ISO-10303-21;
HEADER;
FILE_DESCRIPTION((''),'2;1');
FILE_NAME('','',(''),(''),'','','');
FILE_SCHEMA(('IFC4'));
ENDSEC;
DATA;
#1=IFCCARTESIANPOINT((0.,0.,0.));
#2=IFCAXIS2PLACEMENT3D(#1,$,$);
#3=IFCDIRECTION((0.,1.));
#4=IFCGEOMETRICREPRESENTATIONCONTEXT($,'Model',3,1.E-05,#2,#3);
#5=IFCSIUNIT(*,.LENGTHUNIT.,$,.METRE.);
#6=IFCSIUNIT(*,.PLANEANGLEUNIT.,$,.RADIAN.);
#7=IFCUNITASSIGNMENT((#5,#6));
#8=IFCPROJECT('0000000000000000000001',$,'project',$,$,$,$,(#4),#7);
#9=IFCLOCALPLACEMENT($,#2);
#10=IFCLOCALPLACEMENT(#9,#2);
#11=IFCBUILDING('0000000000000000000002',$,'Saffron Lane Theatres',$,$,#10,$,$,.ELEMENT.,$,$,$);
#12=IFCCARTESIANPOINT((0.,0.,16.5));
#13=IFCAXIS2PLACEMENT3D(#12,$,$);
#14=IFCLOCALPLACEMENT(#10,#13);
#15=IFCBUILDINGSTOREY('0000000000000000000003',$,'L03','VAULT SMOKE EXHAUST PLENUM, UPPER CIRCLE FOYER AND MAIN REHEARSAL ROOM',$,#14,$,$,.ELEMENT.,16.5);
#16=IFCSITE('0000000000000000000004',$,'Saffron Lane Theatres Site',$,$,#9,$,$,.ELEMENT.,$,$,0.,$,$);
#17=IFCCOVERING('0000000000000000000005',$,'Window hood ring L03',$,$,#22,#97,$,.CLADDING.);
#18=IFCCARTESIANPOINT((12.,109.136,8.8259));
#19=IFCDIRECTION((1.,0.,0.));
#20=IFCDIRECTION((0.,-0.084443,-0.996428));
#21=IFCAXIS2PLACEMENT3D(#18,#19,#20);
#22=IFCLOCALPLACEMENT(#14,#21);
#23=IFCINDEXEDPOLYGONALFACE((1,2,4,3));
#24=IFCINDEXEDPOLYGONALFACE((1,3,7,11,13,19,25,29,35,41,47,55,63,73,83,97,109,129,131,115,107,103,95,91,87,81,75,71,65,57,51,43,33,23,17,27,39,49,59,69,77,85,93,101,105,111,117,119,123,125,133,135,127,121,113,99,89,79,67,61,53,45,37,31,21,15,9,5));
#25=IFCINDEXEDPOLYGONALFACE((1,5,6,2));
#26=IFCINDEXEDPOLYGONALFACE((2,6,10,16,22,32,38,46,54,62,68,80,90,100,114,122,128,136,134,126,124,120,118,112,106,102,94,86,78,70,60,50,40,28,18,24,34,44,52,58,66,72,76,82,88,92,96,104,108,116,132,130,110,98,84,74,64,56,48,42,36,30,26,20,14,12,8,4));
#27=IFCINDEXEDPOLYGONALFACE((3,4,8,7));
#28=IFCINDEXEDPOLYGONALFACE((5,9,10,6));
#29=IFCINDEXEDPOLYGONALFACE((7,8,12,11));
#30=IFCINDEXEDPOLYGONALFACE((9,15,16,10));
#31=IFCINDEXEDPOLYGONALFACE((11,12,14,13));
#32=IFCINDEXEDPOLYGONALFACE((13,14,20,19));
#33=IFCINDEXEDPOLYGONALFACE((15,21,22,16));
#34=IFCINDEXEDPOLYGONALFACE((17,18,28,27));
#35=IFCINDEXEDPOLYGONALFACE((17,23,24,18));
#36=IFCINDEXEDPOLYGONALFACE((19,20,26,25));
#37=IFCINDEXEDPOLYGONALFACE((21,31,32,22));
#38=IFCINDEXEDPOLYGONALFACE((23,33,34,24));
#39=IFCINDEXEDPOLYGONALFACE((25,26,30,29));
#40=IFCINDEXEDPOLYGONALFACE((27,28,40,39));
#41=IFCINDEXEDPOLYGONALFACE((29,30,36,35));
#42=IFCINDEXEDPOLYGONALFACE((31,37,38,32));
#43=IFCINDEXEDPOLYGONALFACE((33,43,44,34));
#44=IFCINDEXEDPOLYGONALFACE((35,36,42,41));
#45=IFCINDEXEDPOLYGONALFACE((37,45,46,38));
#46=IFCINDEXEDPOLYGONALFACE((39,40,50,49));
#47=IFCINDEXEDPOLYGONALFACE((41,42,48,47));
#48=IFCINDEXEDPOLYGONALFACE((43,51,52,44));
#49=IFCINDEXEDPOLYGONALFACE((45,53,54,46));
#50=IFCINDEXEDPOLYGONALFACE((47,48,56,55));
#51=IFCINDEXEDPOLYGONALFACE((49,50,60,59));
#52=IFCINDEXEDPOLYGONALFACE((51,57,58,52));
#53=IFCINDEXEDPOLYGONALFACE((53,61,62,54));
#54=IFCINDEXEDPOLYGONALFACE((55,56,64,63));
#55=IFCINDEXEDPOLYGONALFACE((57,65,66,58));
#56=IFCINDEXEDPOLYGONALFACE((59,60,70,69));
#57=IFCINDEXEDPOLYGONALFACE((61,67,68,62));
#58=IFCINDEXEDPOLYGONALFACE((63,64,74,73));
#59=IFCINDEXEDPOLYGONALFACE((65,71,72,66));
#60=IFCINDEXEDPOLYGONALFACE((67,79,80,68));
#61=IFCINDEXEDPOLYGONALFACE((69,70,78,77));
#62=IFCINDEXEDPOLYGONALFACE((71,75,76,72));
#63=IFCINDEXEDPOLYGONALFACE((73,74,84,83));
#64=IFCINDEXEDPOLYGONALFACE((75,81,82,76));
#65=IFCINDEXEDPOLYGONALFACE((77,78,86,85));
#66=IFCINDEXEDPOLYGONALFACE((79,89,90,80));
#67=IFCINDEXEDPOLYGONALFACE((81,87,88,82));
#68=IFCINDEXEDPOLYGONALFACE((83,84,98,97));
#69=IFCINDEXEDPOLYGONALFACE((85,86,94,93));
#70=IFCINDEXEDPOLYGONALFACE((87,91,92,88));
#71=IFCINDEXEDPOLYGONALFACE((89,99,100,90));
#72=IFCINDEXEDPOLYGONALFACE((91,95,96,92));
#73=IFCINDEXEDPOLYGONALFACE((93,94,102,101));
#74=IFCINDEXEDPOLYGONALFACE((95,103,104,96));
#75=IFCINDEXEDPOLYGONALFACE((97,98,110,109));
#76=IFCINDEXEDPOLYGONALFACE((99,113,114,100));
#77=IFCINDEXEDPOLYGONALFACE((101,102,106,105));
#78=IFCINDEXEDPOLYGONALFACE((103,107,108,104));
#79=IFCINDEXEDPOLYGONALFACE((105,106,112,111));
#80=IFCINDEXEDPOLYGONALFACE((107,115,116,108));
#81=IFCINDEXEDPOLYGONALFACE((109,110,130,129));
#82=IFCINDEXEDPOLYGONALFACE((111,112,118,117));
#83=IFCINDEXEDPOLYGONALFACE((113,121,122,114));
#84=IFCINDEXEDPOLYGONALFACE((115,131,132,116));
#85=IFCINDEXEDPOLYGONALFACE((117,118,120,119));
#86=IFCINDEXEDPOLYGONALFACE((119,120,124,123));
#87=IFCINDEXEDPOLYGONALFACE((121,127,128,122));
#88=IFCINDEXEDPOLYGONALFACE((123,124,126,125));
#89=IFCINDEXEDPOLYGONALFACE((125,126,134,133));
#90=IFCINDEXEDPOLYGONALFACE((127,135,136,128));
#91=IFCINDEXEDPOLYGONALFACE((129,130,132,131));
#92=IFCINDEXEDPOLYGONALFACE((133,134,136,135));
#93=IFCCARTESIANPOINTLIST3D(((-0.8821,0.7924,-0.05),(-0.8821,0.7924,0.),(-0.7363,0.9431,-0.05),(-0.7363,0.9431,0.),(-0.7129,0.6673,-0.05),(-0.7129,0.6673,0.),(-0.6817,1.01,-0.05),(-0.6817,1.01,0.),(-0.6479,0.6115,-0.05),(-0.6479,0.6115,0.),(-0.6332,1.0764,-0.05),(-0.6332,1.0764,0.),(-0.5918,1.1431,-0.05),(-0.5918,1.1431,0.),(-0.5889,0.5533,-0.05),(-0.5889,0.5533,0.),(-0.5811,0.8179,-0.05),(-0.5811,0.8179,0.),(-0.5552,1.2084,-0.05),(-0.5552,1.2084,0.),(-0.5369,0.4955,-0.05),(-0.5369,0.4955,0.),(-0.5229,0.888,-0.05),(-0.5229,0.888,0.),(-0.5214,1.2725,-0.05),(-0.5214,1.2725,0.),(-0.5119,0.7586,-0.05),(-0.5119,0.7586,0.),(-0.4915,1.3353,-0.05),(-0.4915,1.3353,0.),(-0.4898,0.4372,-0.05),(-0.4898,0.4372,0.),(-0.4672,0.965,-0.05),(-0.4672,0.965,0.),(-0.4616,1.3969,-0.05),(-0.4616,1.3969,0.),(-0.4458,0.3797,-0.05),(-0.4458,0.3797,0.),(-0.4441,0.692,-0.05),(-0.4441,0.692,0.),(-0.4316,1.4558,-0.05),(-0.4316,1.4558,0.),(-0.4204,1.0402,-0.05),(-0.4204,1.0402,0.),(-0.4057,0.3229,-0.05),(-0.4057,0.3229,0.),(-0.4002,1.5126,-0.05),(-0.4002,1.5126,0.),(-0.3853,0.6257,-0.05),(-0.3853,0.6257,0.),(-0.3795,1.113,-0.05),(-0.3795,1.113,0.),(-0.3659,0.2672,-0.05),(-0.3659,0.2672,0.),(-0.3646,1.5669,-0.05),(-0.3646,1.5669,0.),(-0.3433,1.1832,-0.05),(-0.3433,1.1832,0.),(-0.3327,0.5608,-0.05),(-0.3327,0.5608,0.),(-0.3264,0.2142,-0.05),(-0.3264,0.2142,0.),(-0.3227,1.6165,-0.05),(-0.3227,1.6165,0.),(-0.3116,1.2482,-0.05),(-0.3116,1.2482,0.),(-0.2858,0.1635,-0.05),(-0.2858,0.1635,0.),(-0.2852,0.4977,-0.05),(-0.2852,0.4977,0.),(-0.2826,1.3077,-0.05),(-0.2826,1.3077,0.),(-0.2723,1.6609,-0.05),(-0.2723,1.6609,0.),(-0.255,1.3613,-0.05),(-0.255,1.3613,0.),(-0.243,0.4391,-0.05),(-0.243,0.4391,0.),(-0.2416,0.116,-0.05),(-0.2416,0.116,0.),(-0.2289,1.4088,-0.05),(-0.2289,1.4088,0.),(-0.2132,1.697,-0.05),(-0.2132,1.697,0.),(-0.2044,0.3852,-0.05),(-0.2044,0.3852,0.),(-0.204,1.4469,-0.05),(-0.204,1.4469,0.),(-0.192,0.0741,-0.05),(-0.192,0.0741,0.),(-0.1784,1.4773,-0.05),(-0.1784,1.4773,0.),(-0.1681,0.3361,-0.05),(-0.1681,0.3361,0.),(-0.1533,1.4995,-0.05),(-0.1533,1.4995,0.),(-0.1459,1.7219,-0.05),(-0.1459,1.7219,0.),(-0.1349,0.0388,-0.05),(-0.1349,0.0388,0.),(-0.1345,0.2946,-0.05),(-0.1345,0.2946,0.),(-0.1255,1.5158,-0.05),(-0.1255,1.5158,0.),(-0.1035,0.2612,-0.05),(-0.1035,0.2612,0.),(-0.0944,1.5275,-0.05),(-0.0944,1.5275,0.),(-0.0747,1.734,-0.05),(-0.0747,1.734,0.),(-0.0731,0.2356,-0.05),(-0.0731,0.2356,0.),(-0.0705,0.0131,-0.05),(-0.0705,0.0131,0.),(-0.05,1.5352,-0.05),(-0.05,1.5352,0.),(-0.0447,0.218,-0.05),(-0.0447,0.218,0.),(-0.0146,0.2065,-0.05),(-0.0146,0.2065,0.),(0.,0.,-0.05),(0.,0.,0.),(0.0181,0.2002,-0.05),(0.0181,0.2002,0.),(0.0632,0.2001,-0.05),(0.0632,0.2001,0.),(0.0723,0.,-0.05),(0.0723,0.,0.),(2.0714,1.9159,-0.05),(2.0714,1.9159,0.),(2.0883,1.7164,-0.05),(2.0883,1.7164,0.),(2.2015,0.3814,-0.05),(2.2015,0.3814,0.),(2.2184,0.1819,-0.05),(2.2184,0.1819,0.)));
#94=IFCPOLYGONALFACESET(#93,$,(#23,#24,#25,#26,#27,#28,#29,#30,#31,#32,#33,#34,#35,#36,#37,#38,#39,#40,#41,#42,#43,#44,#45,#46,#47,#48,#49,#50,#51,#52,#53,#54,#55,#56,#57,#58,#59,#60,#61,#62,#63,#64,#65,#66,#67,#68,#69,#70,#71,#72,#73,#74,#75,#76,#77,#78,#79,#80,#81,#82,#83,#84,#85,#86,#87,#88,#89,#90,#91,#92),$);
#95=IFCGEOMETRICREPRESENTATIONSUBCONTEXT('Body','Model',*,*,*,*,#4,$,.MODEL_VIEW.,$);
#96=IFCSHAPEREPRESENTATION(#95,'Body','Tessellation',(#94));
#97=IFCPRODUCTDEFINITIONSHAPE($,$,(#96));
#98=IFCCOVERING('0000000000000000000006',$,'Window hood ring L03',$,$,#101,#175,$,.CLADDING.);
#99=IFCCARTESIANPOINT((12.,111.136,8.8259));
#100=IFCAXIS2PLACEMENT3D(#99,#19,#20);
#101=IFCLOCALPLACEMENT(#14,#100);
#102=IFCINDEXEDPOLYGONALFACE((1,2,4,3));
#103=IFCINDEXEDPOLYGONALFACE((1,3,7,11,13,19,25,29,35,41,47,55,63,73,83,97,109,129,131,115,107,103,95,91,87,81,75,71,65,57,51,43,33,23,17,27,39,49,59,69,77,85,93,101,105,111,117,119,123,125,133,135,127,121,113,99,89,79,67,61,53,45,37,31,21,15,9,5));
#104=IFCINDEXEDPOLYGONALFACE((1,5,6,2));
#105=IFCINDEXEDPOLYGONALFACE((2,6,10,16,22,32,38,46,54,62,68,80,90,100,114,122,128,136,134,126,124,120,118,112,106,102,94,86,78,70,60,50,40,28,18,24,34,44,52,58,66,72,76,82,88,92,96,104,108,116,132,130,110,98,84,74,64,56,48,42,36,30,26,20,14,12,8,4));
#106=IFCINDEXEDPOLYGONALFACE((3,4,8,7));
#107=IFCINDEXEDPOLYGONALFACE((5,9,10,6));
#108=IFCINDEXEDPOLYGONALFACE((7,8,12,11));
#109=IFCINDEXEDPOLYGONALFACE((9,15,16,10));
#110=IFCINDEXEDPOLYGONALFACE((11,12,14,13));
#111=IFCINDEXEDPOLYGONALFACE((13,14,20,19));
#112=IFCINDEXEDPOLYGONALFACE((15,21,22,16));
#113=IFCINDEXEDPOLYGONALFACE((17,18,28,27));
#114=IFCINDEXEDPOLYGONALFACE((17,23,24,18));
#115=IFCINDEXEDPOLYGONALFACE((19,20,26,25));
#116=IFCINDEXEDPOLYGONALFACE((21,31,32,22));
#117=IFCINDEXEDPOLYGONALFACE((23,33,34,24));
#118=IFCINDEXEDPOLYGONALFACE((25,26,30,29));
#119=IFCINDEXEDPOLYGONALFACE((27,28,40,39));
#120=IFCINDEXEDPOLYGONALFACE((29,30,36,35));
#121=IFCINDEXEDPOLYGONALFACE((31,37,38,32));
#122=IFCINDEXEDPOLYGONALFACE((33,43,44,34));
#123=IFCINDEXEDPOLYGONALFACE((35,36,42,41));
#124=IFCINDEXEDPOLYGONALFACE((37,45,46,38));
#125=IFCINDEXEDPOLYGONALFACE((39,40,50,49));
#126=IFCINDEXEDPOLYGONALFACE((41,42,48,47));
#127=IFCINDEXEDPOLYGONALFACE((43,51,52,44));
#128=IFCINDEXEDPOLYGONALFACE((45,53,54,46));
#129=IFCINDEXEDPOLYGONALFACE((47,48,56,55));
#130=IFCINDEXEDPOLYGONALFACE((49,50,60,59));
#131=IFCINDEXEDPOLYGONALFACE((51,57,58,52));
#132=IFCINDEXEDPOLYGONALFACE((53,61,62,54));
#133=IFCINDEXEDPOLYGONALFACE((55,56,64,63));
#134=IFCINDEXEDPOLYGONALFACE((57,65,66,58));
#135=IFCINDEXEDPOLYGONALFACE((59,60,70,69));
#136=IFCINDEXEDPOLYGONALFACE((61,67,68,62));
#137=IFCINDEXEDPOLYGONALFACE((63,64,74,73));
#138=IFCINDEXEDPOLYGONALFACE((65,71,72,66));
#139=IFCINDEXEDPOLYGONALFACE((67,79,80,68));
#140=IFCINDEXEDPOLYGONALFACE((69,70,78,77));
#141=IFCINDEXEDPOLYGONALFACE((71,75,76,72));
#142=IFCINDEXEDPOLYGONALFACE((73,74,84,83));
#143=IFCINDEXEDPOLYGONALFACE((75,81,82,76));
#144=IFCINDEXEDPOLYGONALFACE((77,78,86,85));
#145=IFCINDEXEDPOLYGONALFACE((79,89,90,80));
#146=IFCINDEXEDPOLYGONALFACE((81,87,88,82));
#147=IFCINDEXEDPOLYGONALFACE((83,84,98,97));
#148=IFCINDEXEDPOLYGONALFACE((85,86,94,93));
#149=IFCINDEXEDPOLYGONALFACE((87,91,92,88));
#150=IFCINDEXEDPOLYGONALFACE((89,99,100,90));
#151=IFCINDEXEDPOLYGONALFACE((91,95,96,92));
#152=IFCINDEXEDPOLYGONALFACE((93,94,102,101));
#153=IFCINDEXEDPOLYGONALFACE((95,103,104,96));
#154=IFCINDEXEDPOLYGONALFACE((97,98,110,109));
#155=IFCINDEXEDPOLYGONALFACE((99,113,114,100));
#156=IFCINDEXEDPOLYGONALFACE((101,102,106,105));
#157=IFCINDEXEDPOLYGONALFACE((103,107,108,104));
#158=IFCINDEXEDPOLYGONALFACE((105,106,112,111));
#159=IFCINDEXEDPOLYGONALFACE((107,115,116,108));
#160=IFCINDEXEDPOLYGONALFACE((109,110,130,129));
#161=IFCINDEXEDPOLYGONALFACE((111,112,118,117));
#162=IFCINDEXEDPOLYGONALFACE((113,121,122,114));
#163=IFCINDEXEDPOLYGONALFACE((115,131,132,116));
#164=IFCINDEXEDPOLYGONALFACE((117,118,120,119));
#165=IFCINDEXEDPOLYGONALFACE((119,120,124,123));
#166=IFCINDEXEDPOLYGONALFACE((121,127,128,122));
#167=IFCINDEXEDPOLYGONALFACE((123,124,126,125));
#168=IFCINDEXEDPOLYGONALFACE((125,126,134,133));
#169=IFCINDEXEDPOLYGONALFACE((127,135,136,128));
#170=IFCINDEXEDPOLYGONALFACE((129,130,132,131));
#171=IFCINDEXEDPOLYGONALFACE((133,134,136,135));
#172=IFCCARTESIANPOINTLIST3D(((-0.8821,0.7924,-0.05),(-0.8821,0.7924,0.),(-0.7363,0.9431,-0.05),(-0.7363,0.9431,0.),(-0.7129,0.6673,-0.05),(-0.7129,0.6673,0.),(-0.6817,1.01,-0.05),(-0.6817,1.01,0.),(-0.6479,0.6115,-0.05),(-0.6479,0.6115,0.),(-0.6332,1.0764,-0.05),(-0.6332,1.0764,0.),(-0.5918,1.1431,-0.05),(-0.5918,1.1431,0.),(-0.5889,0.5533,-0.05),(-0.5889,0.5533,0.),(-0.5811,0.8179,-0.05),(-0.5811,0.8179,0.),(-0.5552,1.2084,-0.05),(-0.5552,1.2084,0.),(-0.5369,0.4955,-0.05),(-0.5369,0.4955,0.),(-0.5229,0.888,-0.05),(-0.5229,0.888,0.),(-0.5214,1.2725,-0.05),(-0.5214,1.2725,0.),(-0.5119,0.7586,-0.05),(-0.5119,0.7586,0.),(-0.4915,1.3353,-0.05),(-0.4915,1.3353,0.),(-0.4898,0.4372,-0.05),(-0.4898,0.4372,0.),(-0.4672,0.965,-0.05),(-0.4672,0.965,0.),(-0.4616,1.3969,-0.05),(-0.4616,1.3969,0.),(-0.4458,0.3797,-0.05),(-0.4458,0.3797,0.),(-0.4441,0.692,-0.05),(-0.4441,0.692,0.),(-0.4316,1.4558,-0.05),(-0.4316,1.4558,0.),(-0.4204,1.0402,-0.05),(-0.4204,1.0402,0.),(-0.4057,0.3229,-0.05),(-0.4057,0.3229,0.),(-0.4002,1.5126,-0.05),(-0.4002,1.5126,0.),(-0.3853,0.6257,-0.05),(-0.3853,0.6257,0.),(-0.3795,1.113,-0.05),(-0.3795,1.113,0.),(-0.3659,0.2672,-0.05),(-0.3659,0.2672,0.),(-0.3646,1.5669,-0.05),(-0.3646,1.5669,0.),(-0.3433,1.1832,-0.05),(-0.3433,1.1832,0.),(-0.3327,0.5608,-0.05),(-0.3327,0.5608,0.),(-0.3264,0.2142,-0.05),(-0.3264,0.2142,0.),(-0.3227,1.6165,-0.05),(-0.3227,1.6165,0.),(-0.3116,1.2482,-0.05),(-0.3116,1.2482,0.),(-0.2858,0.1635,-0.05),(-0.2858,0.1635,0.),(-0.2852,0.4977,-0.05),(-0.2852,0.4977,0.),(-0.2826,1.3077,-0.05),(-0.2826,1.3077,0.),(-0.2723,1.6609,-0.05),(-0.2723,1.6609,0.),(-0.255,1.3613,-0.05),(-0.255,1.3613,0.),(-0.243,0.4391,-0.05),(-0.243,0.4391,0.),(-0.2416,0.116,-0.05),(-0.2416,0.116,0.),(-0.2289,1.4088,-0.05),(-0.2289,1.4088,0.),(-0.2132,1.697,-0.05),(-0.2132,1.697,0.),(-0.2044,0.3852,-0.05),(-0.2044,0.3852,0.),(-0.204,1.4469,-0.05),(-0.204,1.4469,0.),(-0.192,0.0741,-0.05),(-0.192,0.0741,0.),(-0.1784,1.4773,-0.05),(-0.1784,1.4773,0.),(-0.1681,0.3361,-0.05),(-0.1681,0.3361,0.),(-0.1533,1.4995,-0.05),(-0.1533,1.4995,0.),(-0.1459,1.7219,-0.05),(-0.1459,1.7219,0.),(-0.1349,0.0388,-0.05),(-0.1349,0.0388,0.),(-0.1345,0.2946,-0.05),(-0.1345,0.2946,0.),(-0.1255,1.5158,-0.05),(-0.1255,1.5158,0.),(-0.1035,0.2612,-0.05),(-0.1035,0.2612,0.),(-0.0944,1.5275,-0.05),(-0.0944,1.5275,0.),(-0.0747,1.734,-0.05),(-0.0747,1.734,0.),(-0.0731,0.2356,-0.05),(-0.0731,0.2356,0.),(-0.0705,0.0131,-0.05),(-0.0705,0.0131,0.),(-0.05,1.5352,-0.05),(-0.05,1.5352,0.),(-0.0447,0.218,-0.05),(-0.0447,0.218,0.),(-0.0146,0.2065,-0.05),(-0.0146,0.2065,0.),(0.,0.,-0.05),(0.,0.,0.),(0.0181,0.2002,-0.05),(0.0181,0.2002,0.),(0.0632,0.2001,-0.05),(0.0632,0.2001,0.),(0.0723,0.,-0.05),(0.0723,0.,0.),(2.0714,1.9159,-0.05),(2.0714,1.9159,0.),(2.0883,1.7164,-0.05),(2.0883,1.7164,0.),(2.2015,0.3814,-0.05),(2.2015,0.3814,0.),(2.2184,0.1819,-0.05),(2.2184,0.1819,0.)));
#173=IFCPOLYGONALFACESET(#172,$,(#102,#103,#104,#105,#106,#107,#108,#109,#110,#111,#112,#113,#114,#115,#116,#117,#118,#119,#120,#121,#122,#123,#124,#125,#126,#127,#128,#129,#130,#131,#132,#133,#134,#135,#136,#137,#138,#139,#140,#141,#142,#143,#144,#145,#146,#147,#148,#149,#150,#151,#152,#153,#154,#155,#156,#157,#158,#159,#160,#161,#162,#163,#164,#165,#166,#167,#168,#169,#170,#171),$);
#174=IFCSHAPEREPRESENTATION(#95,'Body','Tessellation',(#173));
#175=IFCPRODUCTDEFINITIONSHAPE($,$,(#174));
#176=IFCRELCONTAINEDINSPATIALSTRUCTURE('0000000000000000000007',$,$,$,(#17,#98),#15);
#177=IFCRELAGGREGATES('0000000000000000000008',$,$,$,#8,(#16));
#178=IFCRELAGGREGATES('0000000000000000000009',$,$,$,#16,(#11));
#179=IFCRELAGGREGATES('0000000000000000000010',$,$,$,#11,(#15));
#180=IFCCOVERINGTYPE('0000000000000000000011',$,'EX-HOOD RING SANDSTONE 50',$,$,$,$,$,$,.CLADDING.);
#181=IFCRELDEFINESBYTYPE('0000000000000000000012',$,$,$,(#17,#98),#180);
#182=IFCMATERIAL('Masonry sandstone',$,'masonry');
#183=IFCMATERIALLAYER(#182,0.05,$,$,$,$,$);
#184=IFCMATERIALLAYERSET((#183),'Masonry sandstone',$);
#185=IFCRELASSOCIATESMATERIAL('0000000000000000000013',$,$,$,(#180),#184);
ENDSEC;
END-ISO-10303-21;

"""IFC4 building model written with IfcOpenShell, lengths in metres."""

from ifc_helpers import new_model, si_unit, direction, frame, origin, place, context, subcontext, project, spatial, polyline, outline, extrude, material, layer, layer_set, type_object, element, save


model = new_model("IFC4")

# Units and contexts
model_context = context("Model", 3, precision=1e-05, world=origin(), true_north=direction((0.0, 1.0)))
body_context = subcontext(model_context, "Body", "Model", "MODEL_VIEW")
ifc_project = project(units=[si_unit("LENGTHUNIT", "METRE"), si_unit("PLANEANGLEUNIT", "RADIAN")], contexts=[model_context])

# Site, building, storey
site_placement = place(None, origin())
site = spatial("IfcSite", under=ifc_project, at=site_placement, Name="Saffron Lane Theatres Site", CompositionType="ELEMENT", RefElevation=0.0)
building_placement = place(site_placement, origin())
building = spatial("IfcBuilding", under=site, at=building_placement, Name="Saffron Lane Theatres", CompositionType="ELEMENT")
storey_placement = place(building_placement, frame((0.0, 0.0, 16.5)))
storey = spatial("IfcBuildingStorey", under=building, at=storey_placement, Name="L03", Description="VAULT SMOKE EXHAUST PLENUM, UPPER CIRCLE FOYER AND MAIN REHEARSAL ROOM", CompositionType="ELEMENT", Elevation=16.5)

# Coverings
ifc_material_1 = material(Name="Masonry sandstone", Category="masonry")
ifc_layer_1 = layer(ifc_material_1, 0.05)
ifc_layer_set_1 = layer_set([ifc_layer_1], Name="Masonry sandstone")
covering_type_1 = type_object("IfcCoveringType", Name="EX-HOOD RING SANDSTONE 50", PredefinedType="CLADDING", material=ifc_layer_set_1)
covering_1_placement = place(storey_placement, frame((12.0, 109.136, 8.8259), z_axis=(1.0, 0.0, 0.0), x_axis=(0.0, -0.084443, -0.996428)))
element("IfcCovering", 1, at=covering_1_placement, inside=storey, type_object=covering_type_1, Name="Window hood ring L03", PredefinedType="CLADDING", context=body_context, shape_type="SweptSolid", body=[
    extrude(outline(polyline([(0.0, 0.0), (0.0723, 0.0), (2.2184, 0.1819), (2.2015, 0.3814), (0.0632, 0.2001), (0.0181, 0.2002), (-0.0146, 0.2065), (-0.0447, 0.218), (-0.0731, 0.2356), (-0.1035, 0.2612), (-0.1345, 0.2946), (-0.1681, 0.3361), (-0.2044, 0.3852), (-0.243, 0.4391), (-0.2852, 0.4977), (-0.3327, 0.5608), (-0.3853, 0.6257), (-0.4441, 0.692), (-0.5119, 0.7586), (-0.5811, 0.8179), (-0.5229, 0.888), (-0.4672, 0.965), (-0.4204, 1.0402), (-0.3795, 1.113), (-0.3433, 1.1832), (-0.3116, 1.2482), (-0.2826, 1.3077), (-0.255, 1.3613), (-0.2289, 1.4088), (-0.204, 1.4469), (-0.1784, 1.4773), (-0.1533, 1.4995), (-0.1255, 1.5158), (-0.0944, 1.5275), (-0.05, 1.5352), (2.0883, 1.7164), (2.0714, 1.9159), (-0.0747, 1.734), (-0.1459, 1.7219), (-0.2132, 1.697), (-0.2723, 1.6609), (-0.3227, 1.6165), (-0.3646, 1.5669), (-0.4002, 1.5126), (-0.4316, 1.4558), (-0.4616, 1.3969), (-0.4915, 1.3353), (-0.5214, 1.2725), (-0.5552, 1.2084), (-0.5918, 1.1431), (-0.6332, 1.0764), (-0.6817, 1.01), (-0.7363, 0.9431), (-0.8821, 0.7924), (-0.7129, 0.6673), (-0.6479, 0.6115), (-0.5889, 0.5533), (-0.5369, 0.4955), (-0.4898, 0.4372), (-0.4458, 0.3797), (-0.4057, 0.3229), (-0.3659, 0.2672), (-0.3264, 0.2142), (-0.2858, 0.1635), (-0.2416, 0.116), (-0.192, 0.0741), (-0.1349, 0.0388), (-0.0705, 0.0131), (0.0, 0.0)])), origin(), (0.0, 0.0, -1.0), 0.05),
])
covering_2_placement = place(storey_placement, frame((12.0, 111.136, 8.8259), z_axis=(1.0, 0.0, 0.0), x_axis=(0.0, -0.084443, -0.996428)))
element("IfcCovering", 2, at=covering_2_placement, inside=storey, type_object=covering_type_1, Name="Window hood ring L03", PredefinedType="CLADDING", context=body_context, shape_type="SweptSolid", body=[
    extrude(outline(polyline([(0.0, 0.0), (0.0723, 0.0), (2.2184, 0.1819), (2.2015, 0.3814), (0.0632, 0.2001), (0.0181, 0.2002), (-0.0146, 0.2065), (-0.0447, 0.218), (-0.0731, 0.2356), (-0.1035, 0.2612), (-0.1345, 0.2946), (-0.1681, 0.3361), (-0.2044, 0.3852), (-0.243, 0.4391), (-0.2852, 0.4977), (-0.3327, 0.5608), (-0.3853, 0.6257), (-0.4441, 0.692), (-0.5119, 0.7586), (-0.5811, 0.8179), (-0.5229, 0.888), (-0.4672, 0.965), (-0.4204, 1.0402), (-0.3795, 1.113), (-0.3433, 1.1832), (-0.3116, 1.2482), (-0.2826, 1.3077), (-0.255, 1.3613), (-0.2289, 1.4088), (-0.204, 1.4469), (-0.1784, 1.4773), (-0.1533, 1.4995), (-0.1255, 1.5158), (-0.0944, 1.5275), (-0.05, 1.5352), (2.0883, 1.7164), (2.0714, 1.9159), (-0.0747, 1.734), (-0.1459, 1.7219), (-0.2132, 1.697), (-0.2723, 1.6609), (-0.3227, 1.6165), (-0.3646, 1.5669), (-0.4002, 1.5126), (-0.4316, 1.4558), (-0.4616, 1.3969), (-0.4915, 1.3353), (-0.5214, 1.2725), (-0.5552, 1.2084), (-0.5918, 1.1431), (-0.6332, 1.0764), (-0.6817, 1.01), (-0.7363, 0.9431), (-0.8821, 0.7924), (-0.7129, 0.6673), (-0.6479, 0.6115), (-0.5889, 0.5533), (-0.5369, 0.4955), (-0.4898, 0.4372), (-0.4458, 0.3797), (-0.4057, 0.3229), (-0.3659, 0.2672), (-0.3264, 0.2142), (-0.2858, 0.1635), (-0.2416, 0.116), (-0.192, 0.0741), (-0.1349, 0.0388), (-0.0705, 0.0131), (0.0, 0.0)])), origin(), (0.0, 0.0, -1.0), 0.05),
])

save(model, "model.ifc")
